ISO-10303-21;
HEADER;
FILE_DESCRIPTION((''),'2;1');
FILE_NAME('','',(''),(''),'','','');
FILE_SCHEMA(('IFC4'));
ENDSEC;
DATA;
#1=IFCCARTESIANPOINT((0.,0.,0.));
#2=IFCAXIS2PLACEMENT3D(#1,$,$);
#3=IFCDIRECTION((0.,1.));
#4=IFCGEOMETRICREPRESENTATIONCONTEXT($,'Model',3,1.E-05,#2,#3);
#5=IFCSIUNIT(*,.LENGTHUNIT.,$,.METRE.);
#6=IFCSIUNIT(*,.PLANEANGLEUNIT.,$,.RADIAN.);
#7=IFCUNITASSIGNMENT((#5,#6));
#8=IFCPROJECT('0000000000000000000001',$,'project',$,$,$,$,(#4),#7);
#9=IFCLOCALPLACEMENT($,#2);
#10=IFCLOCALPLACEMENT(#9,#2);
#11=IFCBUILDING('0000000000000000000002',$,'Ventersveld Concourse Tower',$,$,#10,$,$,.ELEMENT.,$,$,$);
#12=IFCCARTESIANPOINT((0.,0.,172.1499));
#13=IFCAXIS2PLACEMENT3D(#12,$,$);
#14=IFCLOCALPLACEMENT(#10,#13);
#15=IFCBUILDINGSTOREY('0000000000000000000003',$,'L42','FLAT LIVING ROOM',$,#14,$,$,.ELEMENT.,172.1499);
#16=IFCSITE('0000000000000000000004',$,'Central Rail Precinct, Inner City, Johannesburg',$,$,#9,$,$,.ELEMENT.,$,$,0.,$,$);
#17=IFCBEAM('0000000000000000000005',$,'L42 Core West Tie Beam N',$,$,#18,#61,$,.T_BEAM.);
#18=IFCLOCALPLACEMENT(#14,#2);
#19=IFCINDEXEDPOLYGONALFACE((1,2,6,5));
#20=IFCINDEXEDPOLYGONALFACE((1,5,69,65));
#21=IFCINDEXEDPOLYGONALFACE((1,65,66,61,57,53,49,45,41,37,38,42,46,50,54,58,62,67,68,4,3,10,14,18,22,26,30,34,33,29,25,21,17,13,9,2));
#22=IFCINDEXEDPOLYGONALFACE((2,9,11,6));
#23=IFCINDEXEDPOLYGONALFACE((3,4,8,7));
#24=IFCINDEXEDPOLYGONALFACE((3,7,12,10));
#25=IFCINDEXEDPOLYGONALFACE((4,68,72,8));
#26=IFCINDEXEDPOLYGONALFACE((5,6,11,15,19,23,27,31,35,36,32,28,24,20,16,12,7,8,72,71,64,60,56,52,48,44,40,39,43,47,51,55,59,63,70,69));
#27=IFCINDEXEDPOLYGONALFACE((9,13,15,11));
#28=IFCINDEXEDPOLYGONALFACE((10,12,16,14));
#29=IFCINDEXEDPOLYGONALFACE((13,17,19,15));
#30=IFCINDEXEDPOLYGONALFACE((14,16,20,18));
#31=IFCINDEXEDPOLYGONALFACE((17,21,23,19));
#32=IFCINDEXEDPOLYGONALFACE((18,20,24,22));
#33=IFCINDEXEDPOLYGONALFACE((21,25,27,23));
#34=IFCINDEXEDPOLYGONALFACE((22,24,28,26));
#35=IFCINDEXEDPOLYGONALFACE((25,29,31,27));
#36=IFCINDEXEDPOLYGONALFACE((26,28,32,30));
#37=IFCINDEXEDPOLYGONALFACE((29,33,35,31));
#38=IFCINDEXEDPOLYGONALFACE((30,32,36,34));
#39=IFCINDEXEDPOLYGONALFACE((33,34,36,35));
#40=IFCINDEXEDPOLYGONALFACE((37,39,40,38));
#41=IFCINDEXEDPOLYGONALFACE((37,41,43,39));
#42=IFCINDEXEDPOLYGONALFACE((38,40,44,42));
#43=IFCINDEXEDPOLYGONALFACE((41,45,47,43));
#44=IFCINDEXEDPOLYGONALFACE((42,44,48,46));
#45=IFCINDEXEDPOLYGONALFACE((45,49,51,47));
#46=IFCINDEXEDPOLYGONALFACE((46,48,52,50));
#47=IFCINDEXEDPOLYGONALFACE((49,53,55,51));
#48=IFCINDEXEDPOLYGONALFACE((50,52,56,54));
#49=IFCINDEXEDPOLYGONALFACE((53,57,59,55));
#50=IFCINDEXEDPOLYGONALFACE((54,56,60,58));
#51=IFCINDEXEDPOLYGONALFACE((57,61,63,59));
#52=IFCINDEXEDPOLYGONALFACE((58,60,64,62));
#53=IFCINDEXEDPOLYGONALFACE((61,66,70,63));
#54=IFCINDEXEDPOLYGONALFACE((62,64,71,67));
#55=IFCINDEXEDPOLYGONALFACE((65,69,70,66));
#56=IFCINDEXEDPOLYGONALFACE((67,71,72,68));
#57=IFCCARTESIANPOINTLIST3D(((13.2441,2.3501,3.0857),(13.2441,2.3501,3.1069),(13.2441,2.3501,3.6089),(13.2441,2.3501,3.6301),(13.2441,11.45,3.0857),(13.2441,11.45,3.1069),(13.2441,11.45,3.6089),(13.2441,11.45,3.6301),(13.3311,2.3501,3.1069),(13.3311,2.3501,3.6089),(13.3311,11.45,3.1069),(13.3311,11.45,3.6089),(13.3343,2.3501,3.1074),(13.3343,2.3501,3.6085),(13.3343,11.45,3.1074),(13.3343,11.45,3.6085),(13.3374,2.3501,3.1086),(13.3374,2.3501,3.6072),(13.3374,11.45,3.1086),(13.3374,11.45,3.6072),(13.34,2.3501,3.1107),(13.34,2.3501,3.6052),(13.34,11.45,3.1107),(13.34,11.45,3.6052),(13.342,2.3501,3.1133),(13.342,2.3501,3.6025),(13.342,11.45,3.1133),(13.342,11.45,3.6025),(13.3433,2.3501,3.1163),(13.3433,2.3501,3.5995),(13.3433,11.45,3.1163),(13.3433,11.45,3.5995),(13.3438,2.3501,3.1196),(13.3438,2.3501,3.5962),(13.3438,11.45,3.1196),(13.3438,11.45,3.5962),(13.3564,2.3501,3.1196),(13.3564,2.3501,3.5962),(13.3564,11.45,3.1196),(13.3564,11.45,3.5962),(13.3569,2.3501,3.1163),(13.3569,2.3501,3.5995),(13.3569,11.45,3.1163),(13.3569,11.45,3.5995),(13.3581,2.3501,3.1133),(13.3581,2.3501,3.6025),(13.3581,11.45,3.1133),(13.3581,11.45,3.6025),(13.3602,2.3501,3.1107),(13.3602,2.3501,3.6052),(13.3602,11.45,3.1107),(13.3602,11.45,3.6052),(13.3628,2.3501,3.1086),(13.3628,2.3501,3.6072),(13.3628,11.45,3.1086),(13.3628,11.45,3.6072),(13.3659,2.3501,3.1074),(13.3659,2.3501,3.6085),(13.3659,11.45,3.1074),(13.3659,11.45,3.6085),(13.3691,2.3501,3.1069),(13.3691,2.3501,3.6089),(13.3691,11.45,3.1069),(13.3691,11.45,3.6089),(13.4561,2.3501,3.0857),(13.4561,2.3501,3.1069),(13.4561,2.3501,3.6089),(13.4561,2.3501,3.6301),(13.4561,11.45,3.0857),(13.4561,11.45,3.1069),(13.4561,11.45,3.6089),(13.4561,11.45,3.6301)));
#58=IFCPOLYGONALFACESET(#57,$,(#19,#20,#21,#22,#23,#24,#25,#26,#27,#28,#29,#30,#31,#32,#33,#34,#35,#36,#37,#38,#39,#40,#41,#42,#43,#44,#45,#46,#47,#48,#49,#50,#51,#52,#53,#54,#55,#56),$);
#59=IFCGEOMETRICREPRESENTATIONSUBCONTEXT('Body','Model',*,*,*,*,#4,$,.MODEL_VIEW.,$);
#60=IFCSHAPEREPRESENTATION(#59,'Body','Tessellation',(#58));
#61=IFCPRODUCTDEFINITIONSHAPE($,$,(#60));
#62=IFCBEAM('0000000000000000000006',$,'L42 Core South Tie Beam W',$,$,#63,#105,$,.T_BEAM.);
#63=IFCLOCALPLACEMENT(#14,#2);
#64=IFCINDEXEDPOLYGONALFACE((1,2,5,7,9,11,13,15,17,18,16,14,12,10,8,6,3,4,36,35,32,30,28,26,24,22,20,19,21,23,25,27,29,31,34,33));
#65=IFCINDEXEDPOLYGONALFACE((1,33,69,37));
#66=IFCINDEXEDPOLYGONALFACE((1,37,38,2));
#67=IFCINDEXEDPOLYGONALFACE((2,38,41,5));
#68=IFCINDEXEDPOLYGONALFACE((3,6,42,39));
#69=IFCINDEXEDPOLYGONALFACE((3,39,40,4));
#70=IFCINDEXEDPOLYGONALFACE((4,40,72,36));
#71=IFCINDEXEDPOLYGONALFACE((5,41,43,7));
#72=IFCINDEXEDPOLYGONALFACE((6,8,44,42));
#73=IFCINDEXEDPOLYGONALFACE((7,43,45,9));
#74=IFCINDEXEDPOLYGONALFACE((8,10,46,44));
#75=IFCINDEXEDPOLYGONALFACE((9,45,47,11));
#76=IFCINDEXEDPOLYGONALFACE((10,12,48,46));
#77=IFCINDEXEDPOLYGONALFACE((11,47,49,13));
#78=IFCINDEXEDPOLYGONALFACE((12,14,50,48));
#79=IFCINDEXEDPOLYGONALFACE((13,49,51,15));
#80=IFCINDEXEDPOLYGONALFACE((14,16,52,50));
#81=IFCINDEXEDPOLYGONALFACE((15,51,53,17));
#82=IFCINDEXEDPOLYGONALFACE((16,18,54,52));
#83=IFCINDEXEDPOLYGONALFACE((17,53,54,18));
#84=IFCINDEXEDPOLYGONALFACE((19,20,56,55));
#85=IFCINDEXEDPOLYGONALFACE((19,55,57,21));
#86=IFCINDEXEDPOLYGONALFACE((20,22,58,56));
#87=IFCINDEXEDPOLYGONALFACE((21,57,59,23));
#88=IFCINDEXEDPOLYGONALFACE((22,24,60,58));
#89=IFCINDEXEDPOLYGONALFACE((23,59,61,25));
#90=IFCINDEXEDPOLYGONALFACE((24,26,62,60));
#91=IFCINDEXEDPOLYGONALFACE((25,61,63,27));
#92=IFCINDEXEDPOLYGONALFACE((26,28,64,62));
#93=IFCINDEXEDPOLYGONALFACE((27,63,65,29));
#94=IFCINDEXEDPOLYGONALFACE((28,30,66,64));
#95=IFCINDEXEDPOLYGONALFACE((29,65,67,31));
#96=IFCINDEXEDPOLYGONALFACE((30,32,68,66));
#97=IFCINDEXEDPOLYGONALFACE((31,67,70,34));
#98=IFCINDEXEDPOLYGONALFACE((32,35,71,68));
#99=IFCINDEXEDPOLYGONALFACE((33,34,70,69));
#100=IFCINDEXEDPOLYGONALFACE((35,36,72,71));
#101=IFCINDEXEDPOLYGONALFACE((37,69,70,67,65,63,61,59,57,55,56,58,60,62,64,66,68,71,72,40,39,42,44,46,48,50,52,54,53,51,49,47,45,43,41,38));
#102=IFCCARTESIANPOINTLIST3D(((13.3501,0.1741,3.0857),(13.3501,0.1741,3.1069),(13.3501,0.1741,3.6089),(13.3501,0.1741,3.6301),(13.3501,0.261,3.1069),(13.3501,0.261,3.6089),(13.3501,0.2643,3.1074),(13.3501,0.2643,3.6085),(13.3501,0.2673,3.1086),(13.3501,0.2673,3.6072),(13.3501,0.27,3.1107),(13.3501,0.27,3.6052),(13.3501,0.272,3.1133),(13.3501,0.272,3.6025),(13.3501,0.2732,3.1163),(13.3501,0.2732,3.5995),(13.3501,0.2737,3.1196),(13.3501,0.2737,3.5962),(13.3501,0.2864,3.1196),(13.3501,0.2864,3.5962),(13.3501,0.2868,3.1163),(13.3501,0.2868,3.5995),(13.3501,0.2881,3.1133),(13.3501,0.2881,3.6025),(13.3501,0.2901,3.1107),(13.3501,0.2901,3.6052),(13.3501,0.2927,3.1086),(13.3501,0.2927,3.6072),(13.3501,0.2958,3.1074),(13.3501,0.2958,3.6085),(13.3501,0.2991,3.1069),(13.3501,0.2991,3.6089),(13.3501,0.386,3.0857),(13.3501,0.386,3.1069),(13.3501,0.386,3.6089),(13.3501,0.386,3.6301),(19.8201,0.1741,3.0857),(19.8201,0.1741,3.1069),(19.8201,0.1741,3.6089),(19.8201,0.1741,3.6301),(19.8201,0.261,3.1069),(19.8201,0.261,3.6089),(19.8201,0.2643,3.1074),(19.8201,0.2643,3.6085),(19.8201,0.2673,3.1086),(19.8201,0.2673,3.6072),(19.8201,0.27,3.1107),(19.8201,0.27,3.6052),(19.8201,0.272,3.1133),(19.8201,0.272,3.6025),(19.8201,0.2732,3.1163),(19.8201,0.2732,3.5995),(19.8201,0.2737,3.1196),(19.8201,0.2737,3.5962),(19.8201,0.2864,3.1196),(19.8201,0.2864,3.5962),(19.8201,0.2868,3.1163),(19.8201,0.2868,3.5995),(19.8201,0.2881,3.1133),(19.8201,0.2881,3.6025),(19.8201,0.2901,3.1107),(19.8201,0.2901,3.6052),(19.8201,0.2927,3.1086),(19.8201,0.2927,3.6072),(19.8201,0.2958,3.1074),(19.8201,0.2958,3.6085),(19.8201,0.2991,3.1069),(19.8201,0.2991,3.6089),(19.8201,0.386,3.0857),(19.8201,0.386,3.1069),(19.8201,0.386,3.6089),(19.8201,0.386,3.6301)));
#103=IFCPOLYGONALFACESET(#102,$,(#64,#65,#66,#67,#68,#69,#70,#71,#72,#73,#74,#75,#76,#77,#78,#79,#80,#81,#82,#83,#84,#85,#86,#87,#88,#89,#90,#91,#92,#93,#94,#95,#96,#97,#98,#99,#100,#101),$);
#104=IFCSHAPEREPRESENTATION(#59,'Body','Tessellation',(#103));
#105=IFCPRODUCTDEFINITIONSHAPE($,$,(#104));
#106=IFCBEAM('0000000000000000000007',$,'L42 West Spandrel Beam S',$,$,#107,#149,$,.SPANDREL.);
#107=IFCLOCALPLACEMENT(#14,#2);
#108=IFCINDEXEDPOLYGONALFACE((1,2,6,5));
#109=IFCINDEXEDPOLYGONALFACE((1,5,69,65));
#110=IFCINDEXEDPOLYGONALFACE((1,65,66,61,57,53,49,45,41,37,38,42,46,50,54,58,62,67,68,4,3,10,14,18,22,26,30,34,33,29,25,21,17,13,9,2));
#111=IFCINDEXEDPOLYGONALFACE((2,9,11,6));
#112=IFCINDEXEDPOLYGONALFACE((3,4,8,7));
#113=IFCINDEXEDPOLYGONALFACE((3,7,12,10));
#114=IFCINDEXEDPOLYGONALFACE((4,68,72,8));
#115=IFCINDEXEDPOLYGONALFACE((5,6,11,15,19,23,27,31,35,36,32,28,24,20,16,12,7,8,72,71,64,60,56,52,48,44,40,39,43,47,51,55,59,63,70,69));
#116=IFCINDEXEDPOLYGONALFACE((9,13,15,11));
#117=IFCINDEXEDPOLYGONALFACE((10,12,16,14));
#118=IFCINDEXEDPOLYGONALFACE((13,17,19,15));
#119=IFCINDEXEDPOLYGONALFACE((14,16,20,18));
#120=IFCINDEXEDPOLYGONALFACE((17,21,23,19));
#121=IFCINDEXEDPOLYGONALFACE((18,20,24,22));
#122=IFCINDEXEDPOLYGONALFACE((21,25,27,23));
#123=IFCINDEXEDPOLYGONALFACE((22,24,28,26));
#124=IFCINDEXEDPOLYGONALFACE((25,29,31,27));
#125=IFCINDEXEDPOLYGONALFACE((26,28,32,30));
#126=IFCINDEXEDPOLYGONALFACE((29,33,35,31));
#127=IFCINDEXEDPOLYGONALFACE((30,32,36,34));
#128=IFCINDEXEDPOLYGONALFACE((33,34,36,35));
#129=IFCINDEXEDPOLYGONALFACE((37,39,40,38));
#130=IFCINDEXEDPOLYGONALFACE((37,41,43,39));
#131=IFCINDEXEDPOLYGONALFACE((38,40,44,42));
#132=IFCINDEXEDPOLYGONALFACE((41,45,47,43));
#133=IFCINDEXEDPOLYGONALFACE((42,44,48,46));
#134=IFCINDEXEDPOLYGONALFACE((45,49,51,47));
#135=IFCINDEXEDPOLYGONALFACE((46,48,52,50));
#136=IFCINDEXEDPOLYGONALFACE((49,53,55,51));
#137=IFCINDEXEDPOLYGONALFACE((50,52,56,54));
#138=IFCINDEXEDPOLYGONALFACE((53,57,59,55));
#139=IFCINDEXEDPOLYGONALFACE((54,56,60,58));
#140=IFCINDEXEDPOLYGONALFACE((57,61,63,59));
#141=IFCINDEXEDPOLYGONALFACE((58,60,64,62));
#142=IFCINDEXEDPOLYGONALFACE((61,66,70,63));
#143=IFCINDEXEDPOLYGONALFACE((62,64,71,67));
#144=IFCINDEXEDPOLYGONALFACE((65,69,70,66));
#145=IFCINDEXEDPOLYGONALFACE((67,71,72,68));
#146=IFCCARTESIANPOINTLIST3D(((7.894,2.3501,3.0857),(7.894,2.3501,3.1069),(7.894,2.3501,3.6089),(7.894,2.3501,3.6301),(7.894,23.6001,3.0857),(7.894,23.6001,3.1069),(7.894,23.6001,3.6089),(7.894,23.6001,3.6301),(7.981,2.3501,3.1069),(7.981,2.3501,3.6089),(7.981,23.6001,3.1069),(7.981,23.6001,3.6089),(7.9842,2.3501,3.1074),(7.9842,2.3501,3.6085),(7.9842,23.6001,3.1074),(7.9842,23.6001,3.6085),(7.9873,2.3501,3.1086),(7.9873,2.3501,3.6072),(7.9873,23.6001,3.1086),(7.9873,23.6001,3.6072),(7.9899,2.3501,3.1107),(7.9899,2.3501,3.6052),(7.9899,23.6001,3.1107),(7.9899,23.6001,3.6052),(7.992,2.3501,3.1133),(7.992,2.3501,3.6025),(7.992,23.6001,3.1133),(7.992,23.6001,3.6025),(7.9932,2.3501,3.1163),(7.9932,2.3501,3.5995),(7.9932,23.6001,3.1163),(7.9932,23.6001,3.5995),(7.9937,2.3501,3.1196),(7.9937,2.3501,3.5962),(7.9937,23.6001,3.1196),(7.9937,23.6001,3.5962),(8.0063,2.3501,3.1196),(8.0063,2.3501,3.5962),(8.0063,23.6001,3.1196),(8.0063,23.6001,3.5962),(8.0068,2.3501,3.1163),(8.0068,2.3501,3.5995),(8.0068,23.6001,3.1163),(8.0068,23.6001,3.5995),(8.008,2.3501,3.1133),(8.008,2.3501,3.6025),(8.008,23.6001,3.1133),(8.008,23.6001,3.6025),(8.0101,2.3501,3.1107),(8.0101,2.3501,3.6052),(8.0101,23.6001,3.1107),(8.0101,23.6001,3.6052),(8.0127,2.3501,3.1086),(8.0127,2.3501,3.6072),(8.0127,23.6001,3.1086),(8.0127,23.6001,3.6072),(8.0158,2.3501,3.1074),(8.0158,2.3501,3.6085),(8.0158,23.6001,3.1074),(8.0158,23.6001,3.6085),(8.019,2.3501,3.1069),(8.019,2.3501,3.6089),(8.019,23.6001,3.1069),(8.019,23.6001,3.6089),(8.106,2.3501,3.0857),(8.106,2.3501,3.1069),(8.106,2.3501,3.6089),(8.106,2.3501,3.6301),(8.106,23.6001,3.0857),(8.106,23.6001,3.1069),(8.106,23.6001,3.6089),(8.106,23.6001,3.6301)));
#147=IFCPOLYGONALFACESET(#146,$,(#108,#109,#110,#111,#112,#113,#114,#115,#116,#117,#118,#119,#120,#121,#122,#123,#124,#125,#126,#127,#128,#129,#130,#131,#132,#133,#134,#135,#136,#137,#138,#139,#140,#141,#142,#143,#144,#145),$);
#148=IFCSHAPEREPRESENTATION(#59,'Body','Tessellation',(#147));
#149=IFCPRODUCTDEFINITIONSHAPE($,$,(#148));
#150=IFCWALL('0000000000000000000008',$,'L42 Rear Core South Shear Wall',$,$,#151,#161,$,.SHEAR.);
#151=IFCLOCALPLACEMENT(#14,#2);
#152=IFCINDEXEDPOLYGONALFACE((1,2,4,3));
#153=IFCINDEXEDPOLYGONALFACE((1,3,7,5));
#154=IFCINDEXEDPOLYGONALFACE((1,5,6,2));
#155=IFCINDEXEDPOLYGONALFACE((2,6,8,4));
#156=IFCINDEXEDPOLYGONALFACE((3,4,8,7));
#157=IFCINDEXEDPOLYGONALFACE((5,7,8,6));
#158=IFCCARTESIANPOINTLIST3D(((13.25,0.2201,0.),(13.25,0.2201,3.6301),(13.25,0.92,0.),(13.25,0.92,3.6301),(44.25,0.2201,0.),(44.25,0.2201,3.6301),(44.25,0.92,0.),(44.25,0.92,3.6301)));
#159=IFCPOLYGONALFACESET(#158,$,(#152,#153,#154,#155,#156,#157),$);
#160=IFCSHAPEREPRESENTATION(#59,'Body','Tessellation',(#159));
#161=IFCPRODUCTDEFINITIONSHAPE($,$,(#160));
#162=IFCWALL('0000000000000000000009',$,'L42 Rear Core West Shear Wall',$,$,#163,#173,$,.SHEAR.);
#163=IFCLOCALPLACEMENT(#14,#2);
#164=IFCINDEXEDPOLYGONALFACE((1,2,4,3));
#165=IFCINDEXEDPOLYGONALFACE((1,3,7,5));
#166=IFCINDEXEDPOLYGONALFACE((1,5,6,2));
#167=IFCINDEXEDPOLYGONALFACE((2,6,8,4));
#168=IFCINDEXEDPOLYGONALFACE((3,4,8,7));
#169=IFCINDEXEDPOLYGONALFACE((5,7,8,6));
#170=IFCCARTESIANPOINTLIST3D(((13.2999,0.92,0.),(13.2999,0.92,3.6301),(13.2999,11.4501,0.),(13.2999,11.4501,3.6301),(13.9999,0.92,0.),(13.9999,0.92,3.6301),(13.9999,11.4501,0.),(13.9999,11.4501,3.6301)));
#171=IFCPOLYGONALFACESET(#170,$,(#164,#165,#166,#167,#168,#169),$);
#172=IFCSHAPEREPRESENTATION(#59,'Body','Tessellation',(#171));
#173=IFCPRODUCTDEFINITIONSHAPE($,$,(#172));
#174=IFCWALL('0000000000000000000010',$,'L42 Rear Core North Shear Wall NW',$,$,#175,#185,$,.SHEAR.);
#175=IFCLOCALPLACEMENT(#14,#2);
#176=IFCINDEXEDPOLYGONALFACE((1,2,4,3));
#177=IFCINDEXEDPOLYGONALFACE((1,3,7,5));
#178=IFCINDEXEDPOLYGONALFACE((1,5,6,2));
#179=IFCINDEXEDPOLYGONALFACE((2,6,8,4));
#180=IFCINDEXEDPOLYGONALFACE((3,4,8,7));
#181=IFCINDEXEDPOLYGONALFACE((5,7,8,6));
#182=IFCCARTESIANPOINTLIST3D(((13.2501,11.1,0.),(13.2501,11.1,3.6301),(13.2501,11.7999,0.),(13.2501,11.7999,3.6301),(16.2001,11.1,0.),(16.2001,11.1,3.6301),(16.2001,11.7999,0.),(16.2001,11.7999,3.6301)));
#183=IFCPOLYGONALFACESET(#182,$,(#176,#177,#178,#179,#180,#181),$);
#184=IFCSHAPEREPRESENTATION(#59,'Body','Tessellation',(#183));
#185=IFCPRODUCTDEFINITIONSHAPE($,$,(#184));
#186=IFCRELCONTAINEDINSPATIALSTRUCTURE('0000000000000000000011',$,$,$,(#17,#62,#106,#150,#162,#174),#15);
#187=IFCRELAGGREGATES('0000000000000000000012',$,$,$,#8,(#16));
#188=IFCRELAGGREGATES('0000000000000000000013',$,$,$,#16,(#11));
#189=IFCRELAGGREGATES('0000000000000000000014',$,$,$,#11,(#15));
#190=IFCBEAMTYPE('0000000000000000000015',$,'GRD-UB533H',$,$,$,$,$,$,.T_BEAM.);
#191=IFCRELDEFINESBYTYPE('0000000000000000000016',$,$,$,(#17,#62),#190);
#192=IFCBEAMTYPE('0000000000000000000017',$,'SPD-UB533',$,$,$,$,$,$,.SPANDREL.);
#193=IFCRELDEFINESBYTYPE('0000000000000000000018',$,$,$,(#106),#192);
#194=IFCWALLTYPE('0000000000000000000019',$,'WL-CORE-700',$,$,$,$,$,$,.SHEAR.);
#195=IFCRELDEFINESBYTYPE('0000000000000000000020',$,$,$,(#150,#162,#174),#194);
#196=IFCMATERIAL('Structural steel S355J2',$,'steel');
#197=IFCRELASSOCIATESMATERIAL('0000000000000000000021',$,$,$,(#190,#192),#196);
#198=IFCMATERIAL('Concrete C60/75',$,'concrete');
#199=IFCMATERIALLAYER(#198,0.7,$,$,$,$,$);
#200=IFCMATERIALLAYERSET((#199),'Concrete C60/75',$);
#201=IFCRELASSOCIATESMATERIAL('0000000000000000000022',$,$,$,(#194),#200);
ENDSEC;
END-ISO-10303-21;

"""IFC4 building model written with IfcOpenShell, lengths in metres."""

from ifc_helpers import new_model, si_unit, direction, frame, frame_2d, origin, origin_2d, place, context, subcontext, project, spatial, rectangle, i_section, extrude, material, layer, layer_set, material_profile, profile_set, type_object, element, save


model = new_model("IFC4")

# Units and contexts
model_context = context("Model", 3, precision=1e-05, world=origin(), true_north=direction((0.0, 1.0)))
body_context = subcontext(model_context, "Body", "Model", "MODEL_VIEW")
ifc_project = project(units=[si_unit("LENGTHUNIT", "METRE"), si_unit("PLANEANGLEUNIT", "RADIAN")], contexts=[model_context])

# Site, building, storey
site_placement = place(None, origin())
site = spatial("IfcSite", under=ifc_project, at=site_placement, Name="Central Rail Precinct, Inner City, Johannesburg", CompositionType="ELEMENT", RefElevation=0.0)
building_placement = place(site_placement, origin())
building = spatial("IfcBuilding", under=site, at=building_placement, Name="Ventersveld Concourse Tower", CompositionType="ELEMENT")
storey_placement = place(building_placement, frame((0.0, 0.0, 172.1499)))
storey = spatial("IfcBuildingStorey", under=building, at=storey_placement, Name="L42", Description="FLAT LIVING ROOM", CompositionType="ELEMENT", Elevation=172.1499)

# Beams
ifc_material_1 = material(Name="Structural steel S355J2", Category="steel")
ifc_material_profile_1 = material_profile(ifc_material_1, i_section(OverallWidth=0.2119, OverallDepth=0.5444, WebThickness=0.0127, FlangeThickness=0.0212, FilletRadius=0.0127, at=origin_2d()), Name="UB 533x210x122")
ifc_profile_set_1 = profile_set([ifc_material_profile_1], Name="Structural steel S355J2")
beam_type_1 = type_object("IfcBeamType", Name="GRD-UB533H", PredefinedType="T_BEAM", material=ifc_profile_set_1)
beam_1_placement = place(storey_placement, frame((13.3501, 2.3501, 3.3579), z_axis=(0.0, 1.0, 0.0), x_axis=(-1.0, 0.0, 0.0)))
element("IfcBeam", 1, at=beam_1_placement, inside=storey, type_object=beam_type_1, Name="L42 Core West Tie Beam N", PredefinedType="T_BEAM", context=body_context, shape_type="SweptSolid", body=[
    extrude(i_section(OverallWidth=0.2119, OverallDepth=0.5444, WebThickness=0.0127, FlangeThickness=0.0212, FilletRadius=0.0127, at=origin_2d()), origin(), (0.0, 0.0, 1.0), 9.0999),
])
beam_2_placement = place(storey_placement, frame((13.3501, 0.28, 3.3579), z_axis=(1.0, 0.0, 0.0), x_axis=(0.0, 1.0, 0.0)))
element("IfcBeam", 2, at=beam_2_placement, inside=storey, type_object=beam_type_1, Name="L42 Core South Tie Beam W", PredefinedType="T_BEAM", context=body_context, shape_type="SweptSolid", body=[
    extrude(i_section(OverallWidth=0.2119, OverallDepth=0.5444, WebThickness=0.0127, FlangeThickness=0.0212, FilletRadius=0.0127, at=origin_2d()), origin(), (0.0, 0.0, 1.0), 6.47),
])
ifc_material_profile_2 = material_profile(ifc_material_1, i_section(OverallWidth=0.2119, OverallDepth=0.5444, WebThickness=0.0127, FlangeThickness=0.0212, FilletRadius=0.0127, at=origin_2d()), Name="UB 533x210x122")
ifc_profile_set_2 = profile_set([ifc_material_profile_2], Name="Structural steel S355J2")
beam_type_2 = type_object("IfcBeamType", Name="SPD-UB533", PredefinedType="SPANDREL", material=ifc_profile_set_2)
beam_3_placement = place(storey_placement, frame((8.0, 2.3501, 3.3579), z_axis=(0.0, 1.0, 0.0), x_axis=(-1.0, 0.0, 0.0)))
element("IfcBeam", 3, at=beam_3_placement, inside=storey, type_object=beam_type_2, Name="L42 West Spandrel Beam S", PredefinedType="SPANDREL", context=body_context, shape_type="SweptSolid", body=[
    extrude(i_section(OverallWidth=0.2119, OverallDepth=0.5444, WebThickness=0.0127, FlangeThickness=0.0212, FilletRadius=0.0127, at=origin_2d()), origin(), (0.0, 0.0, 1.0), 21.25),
])

# Walls
ifc_material_2 = material(Name="Concrete C60/75", Category="concrete")
ifc_layer_1 = layer(ifc_material_2, 0.7)
ifc_layer_set_1 = layer_set([ifc_layer_1], Name="Concrete C60/75")
wall_type_1 = type_object("IfcWallType", Name="WL-CORE-700", PredefinedType="SHEAR", material=ifc_layer_set_1)
wall_1_placement = place(storey_placement, frame((13.25, 0.5701, 0.0), z_axis=(0.0, 0.0, 1.0), x_axis=(1.0, 0.0, 0.0)))
element("IfcWall", 4, at=wall_1_placement, inside=storey, type_object=wall_type_1, Name="L42 Rear Core South Shear Wall", PredefinedType="SHEAR", context=body_context, shape_type="SweptSolid", body=[
    extrude(rectangle(XDim=31.0, YDim=0.7, at=frame_2d((15.5, 0.0))), origin(), (0.0, 0.0, 1.0), 3.6301),
])
wall_2_placement = place(storey_placement, frame((13.6499, 0.9199, 0.0), z_axis=(0.0, 0.0, 1.0), x_axis=(0.0, 1.0, 0.0)))
element("IfcWall", 5, at=wall_2_placement, inside=storey, type_object=wall_type_1, Name="L42 Rear Core West Shear Wall", PredefinedType="SHEAR", context=body_context, shape_type="SweptSolid", body=[
    extrude(rectangle(XDim=10.53, YDim=0.7, at=frame_2d((5.2651, 0.0))), origin(), (0.0, 0.0, 1.0), 3.6301),
])
wall_3_placement = place(storey_placement, frame((13.25, 11.45, 0.0), z_axis=(0.0, 0.0, 1.0), x_axis=(1.0, 0.0, 0.0)))
element("IfcWall", 6, at=wall_3_placement, inside=storey, type_object=wall_type_1, Name="L42 Rear Core North Shear Wall NW", PredefinedType="SHEAR", context=body_context, shape_type="SweptSolid", body=[
    extrude(rectangle(XDim=2.95, YDim=0.7, at=frame_2d((1.4751, 0.0))), origin(), (0.0, 0.0, 1.0), 3.6301),
])

save(model, "model.ifc")
